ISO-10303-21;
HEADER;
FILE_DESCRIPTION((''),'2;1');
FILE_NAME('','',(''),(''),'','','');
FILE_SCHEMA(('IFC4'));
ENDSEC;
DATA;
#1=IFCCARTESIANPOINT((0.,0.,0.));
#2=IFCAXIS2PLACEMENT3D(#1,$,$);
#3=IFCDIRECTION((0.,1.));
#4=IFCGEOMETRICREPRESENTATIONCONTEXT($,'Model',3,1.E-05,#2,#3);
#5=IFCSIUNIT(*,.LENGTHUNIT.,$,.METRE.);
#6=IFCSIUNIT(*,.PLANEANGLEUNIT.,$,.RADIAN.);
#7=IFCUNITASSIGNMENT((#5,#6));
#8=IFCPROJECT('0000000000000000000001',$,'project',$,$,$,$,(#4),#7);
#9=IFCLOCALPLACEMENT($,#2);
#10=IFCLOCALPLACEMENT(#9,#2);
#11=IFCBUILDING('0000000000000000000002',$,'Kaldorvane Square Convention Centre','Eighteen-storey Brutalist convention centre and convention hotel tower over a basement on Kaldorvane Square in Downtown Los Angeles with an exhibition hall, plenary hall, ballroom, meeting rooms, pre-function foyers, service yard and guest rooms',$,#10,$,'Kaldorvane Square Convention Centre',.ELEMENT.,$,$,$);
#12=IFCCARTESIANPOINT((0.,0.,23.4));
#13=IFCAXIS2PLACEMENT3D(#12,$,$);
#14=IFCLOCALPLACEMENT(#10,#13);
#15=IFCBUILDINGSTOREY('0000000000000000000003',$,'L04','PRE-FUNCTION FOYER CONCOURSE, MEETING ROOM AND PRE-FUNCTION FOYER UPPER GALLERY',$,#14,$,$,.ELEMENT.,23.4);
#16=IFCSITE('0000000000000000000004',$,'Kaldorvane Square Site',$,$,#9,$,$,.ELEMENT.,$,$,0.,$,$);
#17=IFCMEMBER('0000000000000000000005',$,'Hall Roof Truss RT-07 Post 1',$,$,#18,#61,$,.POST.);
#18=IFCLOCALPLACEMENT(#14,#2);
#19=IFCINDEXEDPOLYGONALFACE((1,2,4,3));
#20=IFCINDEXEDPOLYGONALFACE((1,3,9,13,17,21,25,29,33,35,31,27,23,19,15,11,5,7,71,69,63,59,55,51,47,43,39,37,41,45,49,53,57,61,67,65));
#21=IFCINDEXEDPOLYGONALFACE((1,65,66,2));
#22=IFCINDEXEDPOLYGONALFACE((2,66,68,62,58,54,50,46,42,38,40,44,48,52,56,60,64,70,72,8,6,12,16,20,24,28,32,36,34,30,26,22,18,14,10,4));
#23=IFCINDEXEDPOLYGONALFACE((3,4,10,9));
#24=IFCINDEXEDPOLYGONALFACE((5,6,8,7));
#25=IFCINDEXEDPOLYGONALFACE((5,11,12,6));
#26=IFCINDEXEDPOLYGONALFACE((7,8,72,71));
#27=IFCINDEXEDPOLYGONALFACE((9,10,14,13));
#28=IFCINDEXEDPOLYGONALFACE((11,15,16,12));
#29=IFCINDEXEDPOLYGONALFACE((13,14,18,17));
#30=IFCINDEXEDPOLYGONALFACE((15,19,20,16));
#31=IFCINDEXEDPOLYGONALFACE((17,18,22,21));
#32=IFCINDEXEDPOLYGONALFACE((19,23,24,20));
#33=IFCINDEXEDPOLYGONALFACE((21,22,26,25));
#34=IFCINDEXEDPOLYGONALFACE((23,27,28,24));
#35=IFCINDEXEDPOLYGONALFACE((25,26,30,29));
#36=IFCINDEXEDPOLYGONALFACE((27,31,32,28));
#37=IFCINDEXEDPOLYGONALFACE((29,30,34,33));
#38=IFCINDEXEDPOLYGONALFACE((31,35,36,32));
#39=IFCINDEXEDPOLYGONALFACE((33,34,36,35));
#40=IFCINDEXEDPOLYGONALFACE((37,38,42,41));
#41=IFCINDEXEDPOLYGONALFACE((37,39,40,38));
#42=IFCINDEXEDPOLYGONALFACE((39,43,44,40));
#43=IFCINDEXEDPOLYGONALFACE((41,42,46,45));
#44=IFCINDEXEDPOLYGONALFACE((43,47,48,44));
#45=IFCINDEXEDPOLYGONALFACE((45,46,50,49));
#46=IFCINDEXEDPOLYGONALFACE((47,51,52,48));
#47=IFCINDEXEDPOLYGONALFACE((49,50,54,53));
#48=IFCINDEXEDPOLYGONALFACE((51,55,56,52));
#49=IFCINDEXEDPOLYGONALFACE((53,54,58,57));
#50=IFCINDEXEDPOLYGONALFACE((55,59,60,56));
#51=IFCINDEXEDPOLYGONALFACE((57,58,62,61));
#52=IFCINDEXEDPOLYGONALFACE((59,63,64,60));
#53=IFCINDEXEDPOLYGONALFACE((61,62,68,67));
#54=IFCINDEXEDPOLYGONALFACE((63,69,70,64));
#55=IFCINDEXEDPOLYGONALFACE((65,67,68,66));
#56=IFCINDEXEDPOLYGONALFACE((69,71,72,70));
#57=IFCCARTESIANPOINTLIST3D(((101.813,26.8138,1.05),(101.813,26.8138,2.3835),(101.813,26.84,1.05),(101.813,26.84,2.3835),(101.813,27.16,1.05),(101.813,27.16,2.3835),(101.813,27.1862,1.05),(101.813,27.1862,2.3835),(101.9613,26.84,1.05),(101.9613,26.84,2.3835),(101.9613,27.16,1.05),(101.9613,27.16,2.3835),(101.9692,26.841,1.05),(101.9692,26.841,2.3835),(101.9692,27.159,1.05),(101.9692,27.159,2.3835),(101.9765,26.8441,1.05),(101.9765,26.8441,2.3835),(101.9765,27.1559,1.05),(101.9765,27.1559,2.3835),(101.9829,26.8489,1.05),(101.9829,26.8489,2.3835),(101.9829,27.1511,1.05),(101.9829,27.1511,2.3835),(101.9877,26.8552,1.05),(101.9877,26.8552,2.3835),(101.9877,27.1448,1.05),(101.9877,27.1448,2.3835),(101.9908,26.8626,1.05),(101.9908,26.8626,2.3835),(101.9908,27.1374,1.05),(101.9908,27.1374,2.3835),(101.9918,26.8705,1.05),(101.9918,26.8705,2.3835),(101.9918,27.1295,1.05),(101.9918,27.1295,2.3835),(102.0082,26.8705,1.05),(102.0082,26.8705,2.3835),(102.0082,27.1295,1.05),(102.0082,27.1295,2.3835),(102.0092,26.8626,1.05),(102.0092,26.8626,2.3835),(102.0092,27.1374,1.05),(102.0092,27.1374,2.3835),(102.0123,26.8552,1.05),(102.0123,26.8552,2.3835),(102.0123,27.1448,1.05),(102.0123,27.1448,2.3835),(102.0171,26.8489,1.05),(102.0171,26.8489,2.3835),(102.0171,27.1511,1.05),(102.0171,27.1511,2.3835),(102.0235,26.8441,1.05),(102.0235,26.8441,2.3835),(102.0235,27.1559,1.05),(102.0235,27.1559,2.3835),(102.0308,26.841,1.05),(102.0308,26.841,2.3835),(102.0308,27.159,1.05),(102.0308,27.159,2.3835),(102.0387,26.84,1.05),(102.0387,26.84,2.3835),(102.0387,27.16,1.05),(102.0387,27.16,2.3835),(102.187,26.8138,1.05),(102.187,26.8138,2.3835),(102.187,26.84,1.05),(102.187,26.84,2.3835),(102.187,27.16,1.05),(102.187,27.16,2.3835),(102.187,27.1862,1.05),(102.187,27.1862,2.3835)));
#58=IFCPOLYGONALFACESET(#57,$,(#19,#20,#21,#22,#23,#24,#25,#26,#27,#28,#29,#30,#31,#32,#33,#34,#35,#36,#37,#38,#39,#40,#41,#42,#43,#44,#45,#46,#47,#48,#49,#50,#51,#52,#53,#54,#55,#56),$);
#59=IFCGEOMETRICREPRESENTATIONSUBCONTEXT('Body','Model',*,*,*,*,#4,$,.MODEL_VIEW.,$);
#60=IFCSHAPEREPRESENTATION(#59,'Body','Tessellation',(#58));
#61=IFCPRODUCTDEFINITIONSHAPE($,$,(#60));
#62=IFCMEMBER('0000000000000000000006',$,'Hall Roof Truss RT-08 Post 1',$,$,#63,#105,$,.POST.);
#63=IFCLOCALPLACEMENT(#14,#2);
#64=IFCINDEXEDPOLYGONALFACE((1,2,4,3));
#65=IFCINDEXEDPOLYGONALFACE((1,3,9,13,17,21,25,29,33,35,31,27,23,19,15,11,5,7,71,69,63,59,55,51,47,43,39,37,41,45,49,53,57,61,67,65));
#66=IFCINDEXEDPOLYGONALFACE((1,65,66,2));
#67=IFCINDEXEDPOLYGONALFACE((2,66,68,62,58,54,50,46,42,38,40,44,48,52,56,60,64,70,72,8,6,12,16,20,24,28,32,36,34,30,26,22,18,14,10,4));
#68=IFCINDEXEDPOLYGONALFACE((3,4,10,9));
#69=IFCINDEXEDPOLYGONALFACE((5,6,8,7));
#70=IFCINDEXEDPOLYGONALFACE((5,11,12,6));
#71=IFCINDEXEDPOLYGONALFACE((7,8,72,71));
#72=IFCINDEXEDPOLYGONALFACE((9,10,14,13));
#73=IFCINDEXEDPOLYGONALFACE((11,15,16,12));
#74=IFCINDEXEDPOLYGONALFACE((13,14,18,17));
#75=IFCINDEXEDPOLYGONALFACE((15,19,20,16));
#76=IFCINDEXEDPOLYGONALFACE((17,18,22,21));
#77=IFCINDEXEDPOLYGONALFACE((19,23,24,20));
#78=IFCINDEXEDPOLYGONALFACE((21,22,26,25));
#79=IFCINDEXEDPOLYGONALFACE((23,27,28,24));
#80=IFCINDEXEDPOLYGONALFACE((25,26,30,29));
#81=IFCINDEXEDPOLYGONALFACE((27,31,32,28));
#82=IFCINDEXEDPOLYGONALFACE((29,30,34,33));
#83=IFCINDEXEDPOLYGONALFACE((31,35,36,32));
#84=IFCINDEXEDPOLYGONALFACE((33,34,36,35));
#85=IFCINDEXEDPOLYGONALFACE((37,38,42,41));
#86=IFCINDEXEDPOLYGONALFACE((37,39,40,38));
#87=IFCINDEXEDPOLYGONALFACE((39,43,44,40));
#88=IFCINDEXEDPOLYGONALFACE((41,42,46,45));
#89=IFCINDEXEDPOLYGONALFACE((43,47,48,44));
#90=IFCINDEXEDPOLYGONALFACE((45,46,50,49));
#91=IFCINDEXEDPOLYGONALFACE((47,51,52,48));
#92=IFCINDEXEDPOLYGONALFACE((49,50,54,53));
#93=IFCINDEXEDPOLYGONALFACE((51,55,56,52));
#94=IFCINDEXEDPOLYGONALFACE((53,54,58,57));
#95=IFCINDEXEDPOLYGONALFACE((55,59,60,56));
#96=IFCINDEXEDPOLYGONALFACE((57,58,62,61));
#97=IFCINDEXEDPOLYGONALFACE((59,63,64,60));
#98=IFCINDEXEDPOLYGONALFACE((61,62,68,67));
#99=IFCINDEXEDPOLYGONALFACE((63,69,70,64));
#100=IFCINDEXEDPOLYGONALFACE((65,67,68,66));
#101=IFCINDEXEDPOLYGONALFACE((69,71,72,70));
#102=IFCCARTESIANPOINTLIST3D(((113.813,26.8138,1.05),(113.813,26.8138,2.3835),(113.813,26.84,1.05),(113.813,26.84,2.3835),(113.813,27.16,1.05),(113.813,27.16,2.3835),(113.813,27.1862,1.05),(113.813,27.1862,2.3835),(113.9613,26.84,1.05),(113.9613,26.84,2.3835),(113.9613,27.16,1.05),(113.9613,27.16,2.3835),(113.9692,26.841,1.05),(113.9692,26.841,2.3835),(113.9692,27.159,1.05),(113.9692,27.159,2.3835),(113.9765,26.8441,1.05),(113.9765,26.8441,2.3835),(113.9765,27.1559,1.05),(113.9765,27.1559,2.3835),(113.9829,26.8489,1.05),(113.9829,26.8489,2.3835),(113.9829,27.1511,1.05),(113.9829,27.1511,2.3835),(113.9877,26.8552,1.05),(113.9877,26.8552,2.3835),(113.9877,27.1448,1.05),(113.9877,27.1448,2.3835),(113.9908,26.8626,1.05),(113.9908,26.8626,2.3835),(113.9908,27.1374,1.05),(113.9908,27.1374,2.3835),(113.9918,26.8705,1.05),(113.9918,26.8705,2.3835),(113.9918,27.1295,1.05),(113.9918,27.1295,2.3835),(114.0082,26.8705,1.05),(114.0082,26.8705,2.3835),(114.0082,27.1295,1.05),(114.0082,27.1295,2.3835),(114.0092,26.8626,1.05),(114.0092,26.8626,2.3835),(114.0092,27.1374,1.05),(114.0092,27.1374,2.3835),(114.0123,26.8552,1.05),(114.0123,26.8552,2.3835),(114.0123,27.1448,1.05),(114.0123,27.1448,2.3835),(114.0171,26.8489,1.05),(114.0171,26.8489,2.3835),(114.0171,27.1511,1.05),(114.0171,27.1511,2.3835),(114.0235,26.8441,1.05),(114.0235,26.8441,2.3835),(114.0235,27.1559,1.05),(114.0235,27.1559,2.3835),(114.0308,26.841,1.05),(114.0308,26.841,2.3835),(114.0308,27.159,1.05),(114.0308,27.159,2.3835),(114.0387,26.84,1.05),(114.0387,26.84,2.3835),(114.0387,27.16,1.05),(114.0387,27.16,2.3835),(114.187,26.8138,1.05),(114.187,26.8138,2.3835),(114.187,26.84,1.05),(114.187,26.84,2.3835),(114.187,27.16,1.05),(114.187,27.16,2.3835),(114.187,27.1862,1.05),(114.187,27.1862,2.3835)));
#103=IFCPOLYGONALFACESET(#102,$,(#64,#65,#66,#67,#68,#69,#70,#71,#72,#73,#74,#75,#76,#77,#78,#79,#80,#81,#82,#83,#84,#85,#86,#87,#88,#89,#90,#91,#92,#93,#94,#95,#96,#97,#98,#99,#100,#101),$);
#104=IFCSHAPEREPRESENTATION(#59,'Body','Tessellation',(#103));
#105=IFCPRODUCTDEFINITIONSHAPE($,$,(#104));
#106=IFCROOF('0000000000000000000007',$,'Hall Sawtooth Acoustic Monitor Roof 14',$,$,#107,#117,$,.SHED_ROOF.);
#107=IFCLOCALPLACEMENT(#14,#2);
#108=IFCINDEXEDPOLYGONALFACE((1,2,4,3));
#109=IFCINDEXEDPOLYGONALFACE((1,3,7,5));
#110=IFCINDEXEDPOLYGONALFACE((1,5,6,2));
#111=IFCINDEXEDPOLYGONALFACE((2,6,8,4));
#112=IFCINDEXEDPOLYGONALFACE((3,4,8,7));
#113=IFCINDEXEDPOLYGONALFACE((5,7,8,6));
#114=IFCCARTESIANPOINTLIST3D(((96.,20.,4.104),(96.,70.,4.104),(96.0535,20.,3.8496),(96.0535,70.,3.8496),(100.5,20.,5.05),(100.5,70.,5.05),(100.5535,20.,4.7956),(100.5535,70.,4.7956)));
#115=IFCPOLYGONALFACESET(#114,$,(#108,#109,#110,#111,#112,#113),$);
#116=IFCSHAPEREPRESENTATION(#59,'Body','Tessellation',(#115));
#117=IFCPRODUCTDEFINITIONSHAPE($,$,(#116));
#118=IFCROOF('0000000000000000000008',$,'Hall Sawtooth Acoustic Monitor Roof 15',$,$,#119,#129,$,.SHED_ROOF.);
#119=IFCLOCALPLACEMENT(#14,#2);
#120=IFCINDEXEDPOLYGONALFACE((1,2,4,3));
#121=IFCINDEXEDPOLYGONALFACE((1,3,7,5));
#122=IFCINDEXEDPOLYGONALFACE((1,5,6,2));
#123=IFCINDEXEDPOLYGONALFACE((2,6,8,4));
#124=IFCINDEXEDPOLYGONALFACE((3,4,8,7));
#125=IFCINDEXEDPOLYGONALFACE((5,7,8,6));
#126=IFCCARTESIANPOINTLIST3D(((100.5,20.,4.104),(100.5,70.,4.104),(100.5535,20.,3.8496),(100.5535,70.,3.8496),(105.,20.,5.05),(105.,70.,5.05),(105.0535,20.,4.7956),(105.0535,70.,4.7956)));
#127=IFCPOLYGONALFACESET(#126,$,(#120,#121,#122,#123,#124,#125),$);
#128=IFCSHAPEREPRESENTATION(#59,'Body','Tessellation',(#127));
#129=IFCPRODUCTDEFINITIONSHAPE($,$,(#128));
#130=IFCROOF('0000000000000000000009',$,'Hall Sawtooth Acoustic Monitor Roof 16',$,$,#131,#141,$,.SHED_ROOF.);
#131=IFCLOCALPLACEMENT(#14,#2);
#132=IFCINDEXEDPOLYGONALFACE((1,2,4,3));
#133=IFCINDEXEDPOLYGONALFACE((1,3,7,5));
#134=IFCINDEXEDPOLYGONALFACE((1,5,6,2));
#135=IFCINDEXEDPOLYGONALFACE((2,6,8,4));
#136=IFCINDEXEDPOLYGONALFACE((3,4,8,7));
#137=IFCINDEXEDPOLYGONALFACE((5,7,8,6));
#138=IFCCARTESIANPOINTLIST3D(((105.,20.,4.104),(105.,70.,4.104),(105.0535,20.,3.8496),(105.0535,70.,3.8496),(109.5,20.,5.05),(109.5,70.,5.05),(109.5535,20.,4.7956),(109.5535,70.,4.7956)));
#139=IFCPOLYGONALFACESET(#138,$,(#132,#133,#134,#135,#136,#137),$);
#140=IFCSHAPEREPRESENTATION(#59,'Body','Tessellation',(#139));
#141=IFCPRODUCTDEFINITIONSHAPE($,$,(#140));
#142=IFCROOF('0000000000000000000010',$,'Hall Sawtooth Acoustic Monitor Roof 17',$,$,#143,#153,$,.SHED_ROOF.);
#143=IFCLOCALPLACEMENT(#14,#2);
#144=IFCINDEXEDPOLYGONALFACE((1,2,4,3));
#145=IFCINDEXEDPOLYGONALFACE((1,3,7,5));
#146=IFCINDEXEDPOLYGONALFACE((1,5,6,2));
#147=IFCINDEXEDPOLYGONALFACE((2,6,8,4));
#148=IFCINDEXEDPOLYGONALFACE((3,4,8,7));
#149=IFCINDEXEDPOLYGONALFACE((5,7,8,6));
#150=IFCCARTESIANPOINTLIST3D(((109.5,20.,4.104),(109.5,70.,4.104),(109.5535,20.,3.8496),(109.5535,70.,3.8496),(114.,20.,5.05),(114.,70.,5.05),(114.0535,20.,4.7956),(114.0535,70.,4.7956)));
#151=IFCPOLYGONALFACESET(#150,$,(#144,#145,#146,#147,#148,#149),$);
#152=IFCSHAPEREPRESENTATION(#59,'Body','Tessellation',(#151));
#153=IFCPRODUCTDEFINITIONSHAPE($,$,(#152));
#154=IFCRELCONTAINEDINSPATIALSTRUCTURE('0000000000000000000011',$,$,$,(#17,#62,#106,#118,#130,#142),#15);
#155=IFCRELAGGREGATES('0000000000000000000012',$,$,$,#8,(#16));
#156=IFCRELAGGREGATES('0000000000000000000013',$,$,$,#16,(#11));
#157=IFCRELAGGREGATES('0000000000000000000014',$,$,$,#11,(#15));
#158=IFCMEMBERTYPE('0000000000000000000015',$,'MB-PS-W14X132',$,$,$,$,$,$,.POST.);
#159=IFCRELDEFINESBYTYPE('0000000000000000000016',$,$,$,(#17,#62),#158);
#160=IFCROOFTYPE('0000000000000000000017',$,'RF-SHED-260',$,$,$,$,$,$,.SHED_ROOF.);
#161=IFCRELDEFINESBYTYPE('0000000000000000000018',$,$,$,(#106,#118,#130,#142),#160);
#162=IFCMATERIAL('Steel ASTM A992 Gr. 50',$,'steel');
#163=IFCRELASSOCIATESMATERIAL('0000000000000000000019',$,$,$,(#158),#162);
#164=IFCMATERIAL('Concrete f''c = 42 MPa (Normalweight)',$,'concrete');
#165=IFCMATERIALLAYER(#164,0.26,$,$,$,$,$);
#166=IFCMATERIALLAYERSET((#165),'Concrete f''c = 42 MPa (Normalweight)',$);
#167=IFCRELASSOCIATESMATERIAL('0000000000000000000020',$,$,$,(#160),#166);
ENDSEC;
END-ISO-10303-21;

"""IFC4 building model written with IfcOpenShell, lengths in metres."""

from ifc_helpers import new_model, si_unit, direction, frame, origin, origin_2d, place, context, subcontext, project, spatial, polyline, i_section, outline, extrude, material, layer, layer_set, material_profile, profile_set, type_object, element, save


model = new_model("IFC4")

# Units and contexts
model_context = context("Model", 3, precision=1e-05, world=origin(), true_north=direction((0.0, 1.0)))
body_context = subcontext(model_context, "Body", "Model", "MODEL_VIEW")
ifc_project = project(units=[si_unit("LENGTHUNIT", "METRE"), si_unit("PLANEANGLEUNIT", "RADIAN")], contexts=[model_context])

# Site, building, storey
site_placement = place(None, origin())
site = spatial("IfcSite", under=ifc_project, at=site_placement, Name="Kaldorvane Square Site", CompositionType="ELEMENT", RefElevation=0.0)
building_placement = place(site_placement, origin())
building = spatial("IfcBuilding", under=site, at=building_placement, Name="Kaldorvane Square Convention Centre", Description="Eighteen-storey Brutalist convention centre and convention hotel tower over a basement on Kaldorvane Square in Downtown Los Angeles with an exhibition hall, plenary hall, ballroom, meeting rooms, pre-function foyers, service yard and guest rooms", LongName="Kaldorvane Square Convention Centre", CompositionType="ELEMENT")
storey_placement = place(building_placement, frame((0.0, 0.0, 23.4)))
storey = spatial("IfcBuildingStorey", under=building, at=storey_placement, Name="L04", Description="PRE-FUNCTION FOYER CONCOURSE, MEETING ROOM AND PRE-FUNCTION FOYER UPPER GALLERY", CompositionType="ELEMENT", Elevation=23.4)

# Shared definitions
ifc_material_1 = material(Name="Steel ASTM A992 Gr. 50", Category="steel")

# Members
ifc_material_profile_1 = material_profile(ifc_material_1, i_section(OverallWidth=0.374, OverallDepth=0.3724, WebThickness=0.0164, FlangeThickness=0.0262, FilletRadius=0.0305, at=origin_2d()), Name="W14X132")
ifc_profile_set_1 = profile_set([ifc_material_profile_1], Name="Steel ASTM A992 Gr. 50")
member_type_1 = type_object("IfcMemberType", Name="MB-PS-W14X132", PredefinedType="POST", material=ifc_profile_set_1)
for number, where, z_axis, x_axis, name in (
    (1, (102.0, 27.0, 1.05), (0.0, 0.0, 1.0), (1.0, 0.0, 0.0), "Hall Roof Truss RT-07 Post 1"),
    (2, (114.0, 27.0, 1.05), (0.0, 0.0, 1.0), (1.0, 0.0, 0.0), "Hall Roof Truss RT-08 Post 1"),
):
    element("IfcMember", number, at=place(storey_placement, frame(where, z_axis=z_axis, x_axis=x_axis)), inside=storey, type_object=member_type_1, Name=name, PredefinedType="POST", context=body_context, shape_type="SweptSolid", body=[
        extrude(i_section(OverallWidth=0.374, OverallDepth=0.3724, WebThickness=0.0164, FlangeThickness=0.0262, FilletRadius=0.0305, at=origin_2d()), origin(), (0.0, 0.0, 1.0), 1.3335),
    ])

# Roofs
ifc_material_2 = material(Name="Concrete f'c = 42 MPa (Normalweight)", Category="concrete")
ifc_layer = layer(ifc_material_2, 0.26)
ifc_layer_set = layer_set([ifc_layer], Name="Concrete f'c = 42 MPa (Normalweight)")
roof_type = type_object("IfcRoofType", Name="RF-SHED-260", PredefinedType="SHED_ROOF", material=ifc_layer_set)
for number, where, z_axis, x_axis, name in (
    (3, (96.0, 20.0, 4.104), (-0.205725, 0.0, 0.97861), (0.97861, 0.0, 0.205725), "Hall Sawtooth Acoustic Monitor Roof 14"),
    (4, (100.5, 20.0, 4.104), (-0.205725, 0.0, 0.97861), (0.97861, 0.0, 0.205725), "Hall Sawtooth Acoustic Monitor Roof 15"),
    (5, (105.0, 20.0, 4.104), (-0.205725, 0.0, 0.97861), (0.97861, 0.0, 0.205725), "Hall Sawtooth Acoustic Monitor Roof 16"),
    (6, (109.5, 20.0, 4.104), (-0.205725, 0.0, 0.97861), (0.97861, 0.0, 0.205725), "Hall Sawtooth Acoustic Monitor Roof 17"),
):
    element("IfcRoof", number, at=place(storey_placement, frame(where, z_axis=z_axis, x_axis=x_axis)), inside=storey, type_object=roof_type, Name=name, PredefinedType="SHED_ROOF", context=body_context, shape_type="SweptSolid", body=[
        extrude(outline(polyline([(0.0, 0.0), (4.5984, 0.0), (4.5984, 50.0), (0.0, 50.0), (0.0, 0.0)])), origin(), (0.0, 0.0, -1.0), 0.26),
    ])

save(model, "model.ifc")
